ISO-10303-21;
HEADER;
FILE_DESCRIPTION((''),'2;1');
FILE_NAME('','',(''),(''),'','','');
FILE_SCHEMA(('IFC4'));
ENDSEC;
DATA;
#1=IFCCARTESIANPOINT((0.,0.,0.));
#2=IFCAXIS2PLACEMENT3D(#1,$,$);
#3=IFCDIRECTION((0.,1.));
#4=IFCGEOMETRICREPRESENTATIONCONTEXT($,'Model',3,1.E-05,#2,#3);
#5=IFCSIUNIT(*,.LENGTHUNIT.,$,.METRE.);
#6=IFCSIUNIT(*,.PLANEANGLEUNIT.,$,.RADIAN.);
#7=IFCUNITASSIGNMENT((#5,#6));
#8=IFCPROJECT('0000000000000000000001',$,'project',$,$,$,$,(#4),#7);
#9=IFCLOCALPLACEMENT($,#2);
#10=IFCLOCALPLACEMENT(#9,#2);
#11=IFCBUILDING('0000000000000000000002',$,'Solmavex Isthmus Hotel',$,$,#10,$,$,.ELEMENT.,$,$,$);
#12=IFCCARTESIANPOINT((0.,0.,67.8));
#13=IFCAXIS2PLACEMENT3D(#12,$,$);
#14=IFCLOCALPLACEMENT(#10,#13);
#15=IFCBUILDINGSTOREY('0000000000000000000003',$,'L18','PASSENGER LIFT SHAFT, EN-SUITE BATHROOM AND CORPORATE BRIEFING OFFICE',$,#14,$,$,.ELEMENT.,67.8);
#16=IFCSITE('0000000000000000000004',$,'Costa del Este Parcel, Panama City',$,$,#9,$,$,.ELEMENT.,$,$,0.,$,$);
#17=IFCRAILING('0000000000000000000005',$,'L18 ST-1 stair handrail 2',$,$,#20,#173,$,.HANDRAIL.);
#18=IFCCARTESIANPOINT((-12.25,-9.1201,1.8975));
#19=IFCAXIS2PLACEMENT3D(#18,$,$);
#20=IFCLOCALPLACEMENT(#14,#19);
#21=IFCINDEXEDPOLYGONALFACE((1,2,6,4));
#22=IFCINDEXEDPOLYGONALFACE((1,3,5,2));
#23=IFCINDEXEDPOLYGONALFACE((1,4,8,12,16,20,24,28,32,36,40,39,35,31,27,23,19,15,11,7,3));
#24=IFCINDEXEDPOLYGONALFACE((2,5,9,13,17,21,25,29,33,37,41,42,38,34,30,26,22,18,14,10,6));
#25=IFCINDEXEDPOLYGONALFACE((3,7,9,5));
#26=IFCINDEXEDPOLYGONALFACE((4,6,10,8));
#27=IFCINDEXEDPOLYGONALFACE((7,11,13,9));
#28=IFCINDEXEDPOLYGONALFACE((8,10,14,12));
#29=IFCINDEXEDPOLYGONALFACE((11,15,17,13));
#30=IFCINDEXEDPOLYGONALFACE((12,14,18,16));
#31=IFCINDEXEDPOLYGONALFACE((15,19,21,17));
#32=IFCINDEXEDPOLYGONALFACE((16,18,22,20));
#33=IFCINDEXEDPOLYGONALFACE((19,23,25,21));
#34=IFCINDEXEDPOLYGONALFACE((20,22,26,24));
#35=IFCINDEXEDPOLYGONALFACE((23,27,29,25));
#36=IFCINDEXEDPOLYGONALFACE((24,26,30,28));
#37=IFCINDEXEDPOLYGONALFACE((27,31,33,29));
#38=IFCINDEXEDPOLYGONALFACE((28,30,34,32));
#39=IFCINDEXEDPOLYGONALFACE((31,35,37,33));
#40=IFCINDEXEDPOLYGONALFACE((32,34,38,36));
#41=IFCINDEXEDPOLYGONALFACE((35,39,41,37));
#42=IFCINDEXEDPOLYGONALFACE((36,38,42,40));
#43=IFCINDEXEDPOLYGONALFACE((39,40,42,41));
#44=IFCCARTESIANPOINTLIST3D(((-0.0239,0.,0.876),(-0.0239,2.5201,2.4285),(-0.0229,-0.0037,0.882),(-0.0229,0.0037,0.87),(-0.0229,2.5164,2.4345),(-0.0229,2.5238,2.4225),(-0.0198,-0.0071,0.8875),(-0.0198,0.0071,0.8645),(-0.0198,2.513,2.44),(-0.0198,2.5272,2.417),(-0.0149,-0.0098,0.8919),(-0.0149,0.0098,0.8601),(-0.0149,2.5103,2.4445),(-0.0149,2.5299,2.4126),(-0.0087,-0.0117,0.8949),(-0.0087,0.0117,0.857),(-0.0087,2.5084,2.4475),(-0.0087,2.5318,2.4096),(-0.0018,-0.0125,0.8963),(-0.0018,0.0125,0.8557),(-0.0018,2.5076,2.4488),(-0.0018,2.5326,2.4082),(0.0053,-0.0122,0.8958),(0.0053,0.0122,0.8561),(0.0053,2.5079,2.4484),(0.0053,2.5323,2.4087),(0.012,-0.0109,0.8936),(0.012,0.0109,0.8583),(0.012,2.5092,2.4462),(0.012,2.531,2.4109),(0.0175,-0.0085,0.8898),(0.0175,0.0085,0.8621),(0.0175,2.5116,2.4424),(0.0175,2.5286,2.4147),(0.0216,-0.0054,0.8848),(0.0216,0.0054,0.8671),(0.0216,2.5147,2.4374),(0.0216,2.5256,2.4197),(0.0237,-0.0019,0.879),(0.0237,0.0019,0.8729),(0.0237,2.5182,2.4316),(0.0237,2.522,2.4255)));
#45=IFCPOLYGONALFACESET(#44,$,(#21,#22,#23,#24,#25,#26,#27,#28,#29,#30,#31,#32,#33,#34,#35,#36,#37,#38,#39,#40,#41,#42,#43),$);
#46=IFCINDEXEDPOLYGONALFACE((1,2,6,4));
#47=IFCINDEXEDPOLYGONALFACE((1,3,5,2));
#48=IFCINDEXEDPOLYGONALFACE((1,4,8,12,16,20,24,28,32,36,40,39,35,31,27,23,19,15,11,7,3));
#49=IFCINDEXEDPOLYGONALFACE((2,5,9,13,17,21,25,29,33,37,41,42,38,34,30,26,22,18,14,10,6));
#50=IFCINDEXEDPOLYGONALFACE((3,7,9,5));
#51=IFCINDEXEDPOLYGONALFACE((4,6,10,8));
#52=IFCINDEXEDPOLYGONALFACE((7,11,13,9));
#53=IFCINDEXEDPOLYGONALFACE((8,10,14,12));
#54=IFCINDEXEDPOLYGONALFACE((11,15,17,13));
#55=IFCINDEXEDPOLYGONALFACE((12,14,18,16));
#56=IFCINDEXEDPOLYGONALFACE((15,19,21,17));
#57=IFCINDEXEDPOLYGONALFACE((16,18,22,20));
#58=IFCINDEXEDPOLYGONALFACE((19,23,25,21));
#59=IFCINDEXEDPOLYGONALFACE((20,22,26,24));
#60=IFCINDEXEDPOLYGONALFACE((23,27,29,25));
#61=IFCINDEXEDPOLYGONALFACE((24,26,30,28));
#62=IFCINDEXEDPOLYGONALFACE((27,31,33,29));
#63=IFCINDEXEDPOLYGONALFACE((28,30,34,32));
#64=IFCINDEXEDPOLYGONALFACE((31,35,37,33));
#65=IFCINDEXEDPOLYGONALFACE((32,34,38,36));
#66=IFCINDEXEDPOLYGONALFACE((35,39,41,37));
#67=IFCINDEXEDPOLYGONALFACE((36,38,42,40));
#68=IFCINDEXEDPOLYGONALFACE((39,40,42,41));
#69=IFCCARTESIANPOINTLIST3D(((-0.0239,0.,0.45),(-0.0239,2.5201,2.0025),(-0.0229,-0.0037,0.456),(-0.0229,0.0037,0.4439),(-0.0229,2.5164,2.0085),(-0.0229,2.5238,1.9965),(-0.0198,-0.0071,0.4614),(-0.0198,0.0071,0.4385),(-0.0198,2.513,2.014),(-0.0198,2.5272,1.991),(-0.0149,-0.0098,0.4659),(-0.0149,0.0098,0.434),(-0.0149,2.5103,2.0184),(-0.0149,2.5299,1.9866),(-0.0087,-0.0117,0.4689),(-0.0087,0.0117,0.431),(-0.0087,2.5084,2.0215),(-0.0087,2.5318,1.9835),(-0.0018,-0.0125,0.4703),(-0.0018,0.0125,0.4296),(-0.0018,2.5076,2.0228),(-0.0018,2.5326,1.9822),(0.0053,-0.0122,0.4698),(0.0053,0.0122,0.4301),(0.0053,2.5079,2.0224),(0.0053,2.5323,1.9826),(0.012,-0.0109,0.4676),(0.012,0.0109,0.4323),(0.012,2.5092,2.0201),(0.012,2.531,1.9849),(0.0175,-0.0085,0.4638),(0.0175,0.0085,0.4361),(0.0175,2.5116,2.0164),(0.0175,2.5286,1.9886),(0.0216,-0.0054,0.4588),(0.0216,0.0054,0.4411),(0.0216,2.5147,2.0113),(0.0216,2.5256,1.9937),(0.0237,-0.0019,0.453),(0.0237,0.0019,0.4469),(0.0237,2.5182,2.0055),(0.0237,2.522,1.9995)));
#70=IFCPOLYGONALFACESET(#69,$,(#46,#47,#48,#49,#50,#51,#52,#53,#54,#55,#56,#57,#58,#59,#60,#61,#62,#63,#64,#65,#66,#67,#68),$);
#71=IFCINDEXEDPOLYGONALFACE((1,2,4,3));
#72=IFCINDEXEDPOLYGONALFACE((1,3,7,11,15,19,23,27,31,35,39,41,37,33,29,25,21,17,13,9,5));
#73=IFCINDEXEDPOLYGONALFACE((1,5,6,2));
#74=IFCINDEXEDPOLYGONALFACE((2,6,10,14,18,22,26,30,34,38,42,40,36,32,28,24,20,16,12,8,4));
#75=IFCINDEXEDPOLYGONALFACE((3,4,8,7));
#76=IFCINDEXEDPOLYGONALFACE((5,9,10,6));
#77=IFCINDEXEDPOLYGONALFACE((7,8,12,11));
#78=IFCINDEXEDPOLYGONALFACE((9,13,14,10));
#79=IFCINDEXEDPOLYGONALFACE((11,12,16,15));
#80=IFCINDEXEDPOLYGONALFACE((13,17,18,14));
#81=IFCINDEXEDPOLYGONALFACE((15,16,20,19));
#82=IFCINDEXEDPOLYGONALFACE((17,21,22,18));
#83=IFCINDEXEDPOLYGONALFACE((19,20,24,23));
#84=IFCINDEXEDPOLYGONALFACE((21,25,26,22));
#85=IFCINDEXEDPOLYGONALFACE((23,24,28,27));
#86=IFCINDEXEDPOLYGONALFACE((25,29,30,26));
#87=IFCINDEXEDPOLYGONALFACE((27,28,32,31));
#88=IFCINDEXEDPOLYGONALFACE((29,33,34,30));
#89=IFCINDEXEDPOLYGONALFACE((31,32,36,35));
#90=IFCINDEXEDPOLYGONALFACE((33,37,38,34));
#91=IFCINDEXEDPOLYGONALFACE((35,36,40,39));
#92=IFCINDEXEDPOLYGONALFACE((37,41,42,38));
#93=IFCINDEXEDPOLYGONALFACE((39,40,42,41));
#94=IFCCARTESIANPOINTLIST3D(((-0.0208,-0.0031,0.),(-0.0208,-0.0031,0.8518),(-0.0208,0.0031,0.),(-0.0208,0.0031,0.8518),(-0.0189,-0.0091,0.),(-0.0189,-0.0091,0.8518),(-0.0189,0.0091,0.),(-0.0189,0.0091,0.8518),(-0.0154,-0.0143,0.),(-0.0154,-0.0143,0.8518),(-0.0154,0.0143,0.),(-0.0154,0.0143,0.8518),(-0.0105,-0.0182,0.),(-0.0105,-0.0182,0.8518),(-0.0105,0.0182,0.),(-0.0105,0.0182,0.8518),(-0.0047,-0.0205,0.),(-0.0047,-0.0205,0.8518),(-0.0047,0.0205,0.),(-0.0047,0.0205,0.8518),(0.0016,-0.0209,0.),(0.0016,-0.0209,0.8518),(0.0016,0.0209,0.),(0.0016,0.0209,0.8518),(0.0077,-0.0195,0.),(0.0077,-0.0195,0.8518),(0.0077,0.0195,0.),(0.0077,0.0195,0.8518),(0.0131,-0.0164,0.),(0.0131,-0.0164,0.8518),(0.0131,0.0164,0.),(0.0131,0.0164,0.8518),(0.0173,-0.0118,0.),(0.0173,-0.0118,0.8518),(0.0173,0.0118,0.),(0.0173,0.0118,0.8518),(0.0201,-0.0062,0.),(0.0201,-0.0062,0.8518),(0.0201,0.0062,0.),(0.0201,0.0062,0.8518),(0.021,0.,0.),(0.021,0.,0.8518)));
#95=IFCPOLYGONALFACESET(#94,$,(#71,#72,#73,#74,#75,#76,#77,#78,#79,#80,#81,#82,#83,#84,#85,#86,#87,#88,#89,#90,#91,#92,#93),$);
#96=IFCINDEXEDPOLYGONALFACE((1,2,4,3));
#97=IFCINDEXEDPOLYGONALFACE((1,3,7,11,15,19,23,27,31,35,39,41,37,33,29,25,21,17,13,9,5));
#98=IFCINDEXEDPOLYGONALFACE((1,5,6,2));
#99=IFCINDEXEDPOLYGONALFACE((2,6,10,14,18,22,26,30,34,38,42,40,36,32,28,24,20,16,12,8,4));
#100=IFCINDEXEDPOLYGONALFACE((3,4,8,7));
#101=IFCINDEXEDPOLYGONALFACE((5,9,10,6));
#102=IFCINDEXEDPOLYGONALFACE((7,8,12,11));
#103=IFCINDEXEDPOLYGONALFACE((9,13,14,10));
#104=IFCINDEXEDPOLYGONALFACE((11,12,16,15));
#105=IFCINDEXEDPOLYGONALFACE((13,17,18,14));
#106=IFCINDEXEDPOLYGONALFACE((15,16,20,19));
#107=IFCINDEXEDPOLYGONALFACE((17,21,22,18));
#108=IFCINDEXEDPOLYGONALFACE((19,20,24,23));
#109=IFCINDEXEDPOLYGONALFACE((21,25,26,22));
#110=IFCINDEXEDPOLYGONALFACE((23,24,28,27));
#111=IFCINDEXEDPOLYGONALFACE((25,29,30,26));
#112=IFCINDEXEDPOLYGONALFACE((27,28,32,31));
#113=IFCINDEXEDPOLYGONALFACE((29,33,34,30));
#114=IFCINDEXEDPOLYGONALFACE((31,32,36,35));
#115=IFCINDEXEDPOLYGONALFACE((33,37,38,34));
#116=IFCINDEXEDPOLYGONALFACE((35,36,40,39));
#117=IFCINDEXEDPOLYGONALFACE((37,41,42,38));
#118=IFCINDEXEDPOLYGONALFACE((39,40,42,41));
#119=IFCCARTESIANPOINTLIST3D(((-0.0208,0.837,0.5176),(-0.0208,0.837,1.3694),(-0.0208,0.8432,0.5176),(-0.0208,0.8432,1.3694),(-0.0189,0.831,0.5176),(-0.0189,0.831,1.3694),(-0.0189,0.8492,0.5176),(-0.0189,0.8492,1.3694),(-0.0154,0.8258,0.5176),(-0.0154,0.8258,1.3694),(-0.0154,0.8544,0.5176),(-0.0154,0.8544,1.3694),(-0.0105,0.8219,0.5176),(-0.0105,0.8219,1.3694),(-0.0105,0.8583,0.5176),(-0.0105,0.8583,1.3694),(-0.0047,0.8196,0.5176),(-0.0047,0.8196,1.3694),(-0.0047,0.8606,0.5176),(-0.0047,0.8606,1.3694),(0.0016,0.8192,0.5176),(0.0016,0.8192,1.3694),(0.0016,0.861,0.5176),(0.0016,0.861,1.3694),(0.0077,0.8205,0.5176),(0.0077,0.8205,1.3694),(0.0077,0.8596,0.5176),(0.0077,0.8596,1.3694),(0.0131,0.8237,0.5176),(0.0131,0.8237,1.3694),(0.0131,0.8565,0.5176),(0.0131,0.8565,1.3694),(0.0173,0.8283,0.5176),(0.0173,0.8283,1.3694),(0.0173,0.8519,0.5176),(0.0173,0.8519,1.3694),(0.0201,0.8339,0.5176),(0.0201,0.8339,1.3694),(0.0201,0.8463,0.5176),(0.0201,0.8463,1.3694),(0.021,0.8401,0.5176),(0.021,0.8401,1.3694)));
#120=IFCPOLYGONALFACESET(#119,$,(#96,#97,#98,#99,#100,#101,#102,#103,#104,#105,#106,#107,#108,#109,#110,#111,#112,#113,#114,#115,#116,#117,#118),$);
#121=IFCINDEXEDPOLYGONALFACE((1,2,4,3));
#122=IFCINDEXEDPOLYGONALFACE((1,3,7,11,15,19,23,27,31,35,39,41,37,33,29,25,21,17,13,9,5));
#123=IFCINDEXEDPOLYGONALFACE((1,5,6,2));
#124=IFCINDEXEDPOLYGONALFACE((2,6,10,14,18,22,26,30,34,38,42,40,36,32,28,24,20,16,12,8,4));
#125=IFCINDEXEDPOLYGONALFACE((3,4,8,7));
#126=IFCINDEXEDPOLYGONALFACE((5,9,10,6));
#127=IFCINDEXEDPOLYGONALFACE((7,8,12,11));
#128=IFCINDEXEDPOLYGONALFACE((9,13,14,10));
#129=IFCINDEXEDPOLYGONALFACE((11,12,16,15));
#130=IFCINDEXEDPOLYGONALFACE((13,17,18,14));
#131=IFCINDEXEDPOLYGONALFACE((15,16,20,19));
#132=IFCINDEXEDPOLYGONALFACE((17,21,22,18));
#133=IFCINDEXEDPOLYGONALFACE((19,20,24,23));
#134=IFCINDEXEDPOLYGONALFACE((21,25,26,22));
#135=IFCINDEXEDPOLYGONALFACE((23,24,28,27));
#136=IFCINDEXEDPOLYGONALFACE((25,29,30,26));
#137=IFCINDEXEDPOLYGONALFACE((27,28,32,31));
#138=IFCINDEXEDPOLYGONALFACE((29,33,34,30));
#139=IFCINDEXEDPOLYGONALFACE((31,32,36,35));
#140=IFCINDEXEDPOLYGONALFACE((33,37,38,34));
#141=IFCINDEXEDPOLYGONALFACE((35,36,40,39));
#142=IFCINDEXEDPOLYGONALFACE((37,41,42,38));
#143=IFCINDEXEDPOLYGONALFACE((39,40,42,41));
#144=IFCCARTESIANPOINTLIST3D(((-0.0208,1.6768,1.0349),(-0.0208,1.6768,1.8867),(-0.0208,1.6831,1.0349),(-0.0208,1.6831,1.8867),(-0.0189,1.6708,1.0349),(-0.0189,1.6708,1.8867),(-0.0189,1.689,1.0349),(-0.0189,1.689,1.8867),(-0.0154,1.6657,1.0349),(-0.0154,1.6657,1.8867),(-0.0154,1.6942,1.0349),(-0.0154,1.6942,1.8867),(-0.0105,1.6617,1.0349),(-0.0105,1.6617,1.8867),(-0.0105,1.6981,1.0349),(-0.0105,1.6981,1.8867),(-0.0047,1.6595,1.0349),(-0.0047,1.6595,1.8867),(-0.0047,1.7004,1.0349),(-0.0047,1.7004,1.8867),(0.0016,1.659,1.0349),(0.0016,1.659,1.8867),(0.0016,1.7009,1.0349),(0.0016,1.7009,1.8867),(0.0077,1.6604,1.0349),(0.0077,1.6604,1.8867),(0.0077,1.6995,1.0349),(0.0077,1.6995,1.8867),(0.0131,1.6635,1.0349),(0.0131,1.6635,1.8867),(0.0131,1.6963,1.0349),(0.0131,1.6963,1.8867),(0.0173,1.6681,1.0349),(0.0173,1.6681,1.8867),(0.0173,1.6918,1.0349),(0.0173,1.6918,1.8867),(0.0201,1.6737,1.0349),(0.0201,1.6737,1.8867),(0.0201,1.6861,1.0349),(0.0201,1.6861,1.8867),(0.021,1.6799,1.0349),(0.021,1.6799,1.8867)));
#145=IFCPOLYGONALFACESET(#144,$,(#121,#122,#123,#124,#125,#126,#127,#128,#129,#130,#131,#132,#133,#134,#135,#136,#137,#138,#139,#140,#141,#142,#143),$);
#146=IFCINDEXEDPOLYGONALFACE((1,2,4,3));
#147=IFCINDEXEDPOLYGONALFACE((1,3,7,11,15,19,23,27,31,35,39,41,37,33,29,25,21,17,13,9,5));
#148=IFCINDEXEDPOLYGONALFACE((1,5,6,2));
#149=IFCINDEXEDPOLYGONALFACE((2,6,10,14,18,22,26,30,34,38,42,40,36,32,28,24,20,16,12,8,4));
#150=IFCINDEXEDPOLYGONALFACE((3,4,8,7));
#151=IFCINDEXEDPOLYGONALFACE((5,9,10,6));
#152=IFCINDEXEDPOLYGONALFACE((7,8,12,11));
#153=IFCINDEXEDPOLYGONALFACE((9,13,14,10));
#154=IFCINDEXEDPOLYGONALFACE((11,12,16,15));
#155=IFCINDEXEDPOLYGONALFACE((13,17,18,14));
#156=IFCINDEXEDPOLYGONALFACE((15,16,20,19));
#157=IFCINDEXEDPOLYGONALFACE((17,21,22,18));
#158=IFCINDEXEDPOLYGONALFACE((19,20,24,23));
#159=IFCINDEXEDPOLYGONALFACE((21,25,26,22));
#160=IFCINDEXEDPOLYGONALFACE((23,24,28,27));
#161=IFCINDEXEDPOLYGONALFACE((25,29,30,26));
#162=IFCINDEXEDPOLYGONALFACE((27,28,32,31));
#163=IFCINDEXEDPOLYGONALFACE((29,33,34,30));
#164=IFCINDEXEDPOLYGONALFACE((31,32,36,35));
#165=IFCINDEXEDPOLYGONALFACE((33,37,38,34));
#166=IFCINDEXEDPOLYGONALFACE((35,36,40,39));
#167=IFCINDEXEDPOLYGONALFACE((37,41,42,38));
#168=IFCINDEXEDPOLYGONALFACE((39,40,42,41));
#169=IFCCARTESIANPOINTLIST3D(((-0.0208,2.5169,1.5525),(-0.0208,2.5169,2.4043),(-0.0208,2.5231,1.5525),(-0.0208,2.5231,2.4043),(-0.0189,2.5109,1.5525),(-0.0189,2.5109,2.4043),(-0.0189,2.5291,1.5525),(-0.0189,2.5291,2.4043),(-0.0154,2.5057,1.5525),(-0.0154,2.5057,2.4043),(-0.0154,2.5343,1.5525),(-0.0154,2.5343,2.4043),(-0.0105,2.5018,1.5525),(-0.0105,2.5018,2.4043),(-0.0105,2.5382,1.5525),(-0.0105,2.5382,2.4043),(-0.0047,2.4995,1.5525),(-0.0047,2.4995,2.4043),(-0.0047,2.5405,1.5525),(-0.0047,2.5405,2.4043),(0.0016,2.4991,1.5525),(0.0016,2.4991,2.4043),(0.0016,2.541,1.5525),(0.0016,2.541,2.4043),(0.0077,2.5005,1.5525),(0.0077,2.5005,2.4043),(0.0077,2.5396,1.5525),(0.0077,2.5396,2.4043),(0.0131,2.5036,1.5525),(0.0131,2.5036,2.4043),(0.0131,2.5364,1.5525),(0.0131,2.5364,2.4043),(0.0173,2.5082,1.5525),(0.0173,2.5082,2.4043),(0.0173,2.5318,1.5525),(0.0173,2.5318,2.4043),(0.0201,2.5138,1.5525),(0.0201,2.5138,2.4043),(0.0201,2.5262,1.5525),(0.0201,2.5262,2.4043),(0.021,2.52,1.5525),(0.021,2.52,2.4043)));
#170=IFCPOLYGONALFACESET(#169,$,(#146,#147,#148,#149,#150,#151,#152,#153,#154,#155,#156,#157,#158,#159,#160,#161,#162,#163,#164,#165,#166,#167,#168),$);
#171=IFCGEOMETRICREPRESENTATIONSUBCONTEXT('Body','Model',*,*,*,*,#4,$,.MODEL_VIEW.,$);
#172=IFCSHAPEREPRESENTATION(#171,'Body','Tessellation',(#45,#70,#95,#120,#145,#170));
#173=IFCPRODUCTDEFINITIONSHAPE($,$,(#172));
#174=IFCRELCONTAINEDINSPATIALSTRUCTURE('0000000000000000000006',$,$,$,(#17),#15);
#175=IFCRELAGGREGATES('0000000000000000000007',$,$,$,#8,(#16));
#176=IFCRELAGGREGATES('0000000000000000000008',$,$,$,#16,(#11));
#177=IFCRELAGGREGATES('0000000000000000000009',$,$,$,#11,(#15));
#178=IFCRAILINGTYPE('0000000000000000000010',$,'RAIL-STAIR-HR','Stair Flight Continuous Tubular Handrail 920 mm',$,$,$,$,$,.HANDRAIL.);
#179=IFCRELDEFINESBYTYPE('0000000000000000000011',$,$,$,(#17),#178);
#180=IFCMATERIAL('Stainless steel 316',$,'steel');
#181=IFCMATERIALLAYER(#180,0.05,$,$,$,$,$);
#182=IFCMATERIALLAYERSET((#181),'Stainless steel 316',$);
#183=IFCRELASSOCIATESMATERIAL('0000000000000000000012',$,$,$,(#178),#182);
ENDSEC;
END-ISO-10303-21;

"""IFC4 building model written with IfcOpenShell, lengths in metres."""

from ifc_helpers import new_model, si_unit, direction, frame, origin, origin_2d, place, context, subcontext, project, spatial, circle, extrude, material, layer, layer_set, type_object, element, save


model = new_model("IFC4")

# Units and contexts
model_context = context("Model", 3, precision=1e-05, world=origin(), true_north=direction((0.0, 1.0)))
body_context = subcontext(model_context, "Body", "Model", "MODEL_VIEW")
ifc_project = project(units=[si_unit("LENGTHUNIT", "METRE"), si_unit("PLANEANGLEUNIT", "RADIAN")], contexts=[model_context])

# Site, building, storey
site_placement = place(None, origin())
site = spatial("IfcSite", under=ifc_project, at=site_placement, Name="Costa del Este Parcel, Panama City", CompositionType="ELEMENT", RefElevation=0.0)
building_placement = place(site_placement, origin())
building = spatial("IfcBuilding", under=site, at=building_placement, Name="Solmavex Isthmus Hotel", CompositionType="ELEMENT")
storey_placement = place(building_placement, frame((0.0, 0.0, 67.8)))
storey = spatial("IfcBuildingStorey", under=building, at=storey_placement, Name="L18", Description="PASSENGER LIFT SHAFT, EN-SUITE BATHROOM AND CORPORATE BRIEFING OFFICE", CompositionType="ELEMENT", Elevation=67.8)

# Shared definitions
ifc_material_1 = material(Name="Stainless steel 316", Category="steel")

# Railing
ifc_layer_1 = layer(ifc_material_1, 0.05)
ifc_layer_set_1 = layer_set([ifc_layer_1], Name="Stainless steel 316")
railing_type_1 = type_object("IfcRailingType", Name="RAIL-STAIR-HR", Description="Stair Flight Continuous Tubular Handrail 920 mm", PredefinedType="HANDRAIL", material=ifc_layer_set_1)
railing_1_placement = place(storey_placement, frame((-12.25, -9.1201, 1.8975)))
element("IfcRailing", 1, at=railing_1_placement, inside=storey, type_object=railing_type_1, Name="L18 ST-1 stair handrail 2", PredefinedType="HANDRAIL", context=body_context, shape_type="SweptSolid", body=[
    extrude(circle(Radius=0.0239, at=origin_2d()), frame((0.0, 0.0, 0.876), z_axis=(0.0, 0.8514, 0.524516), x_axis=(-1.0, 0.0, 0.0)), (0.0, 0.0, 1.0), 2.96),
    extrude(circle(Radius=0.0239, at=origin_2d()), frame((0.0, 0.0, 0.45), z_axis=(0.0, 0.8514, 0.524516), x_axis=(-1.0, 0.0, 0.0)), (0.0, 0.0, 1.0), 2.96),
    extrude(circle(Radius=0.021, at=origin_2d()), origin(), (0.0, 0.0, 1.0), 0.8518),
    extrude(circle(Radius=0.021, at=origin_2d()), frame((0.0, 0.8401, 0.5176)), (0.0, 0.0, 1.0), 0.8518),
    extrude(circle(Radius=0.021, at=origin_2d()), frame((0.0, 1.6799, 1.0349)), (0.0, 0.0, 1.0), 0.8518),
    extrude(circle(Radius=0.021, at=origin_2d()), frame((0.0, 2.52, 1.5525)), (0.0, 0.0, 1.0), 0.8518),
])

save(model, "model.ifc")
